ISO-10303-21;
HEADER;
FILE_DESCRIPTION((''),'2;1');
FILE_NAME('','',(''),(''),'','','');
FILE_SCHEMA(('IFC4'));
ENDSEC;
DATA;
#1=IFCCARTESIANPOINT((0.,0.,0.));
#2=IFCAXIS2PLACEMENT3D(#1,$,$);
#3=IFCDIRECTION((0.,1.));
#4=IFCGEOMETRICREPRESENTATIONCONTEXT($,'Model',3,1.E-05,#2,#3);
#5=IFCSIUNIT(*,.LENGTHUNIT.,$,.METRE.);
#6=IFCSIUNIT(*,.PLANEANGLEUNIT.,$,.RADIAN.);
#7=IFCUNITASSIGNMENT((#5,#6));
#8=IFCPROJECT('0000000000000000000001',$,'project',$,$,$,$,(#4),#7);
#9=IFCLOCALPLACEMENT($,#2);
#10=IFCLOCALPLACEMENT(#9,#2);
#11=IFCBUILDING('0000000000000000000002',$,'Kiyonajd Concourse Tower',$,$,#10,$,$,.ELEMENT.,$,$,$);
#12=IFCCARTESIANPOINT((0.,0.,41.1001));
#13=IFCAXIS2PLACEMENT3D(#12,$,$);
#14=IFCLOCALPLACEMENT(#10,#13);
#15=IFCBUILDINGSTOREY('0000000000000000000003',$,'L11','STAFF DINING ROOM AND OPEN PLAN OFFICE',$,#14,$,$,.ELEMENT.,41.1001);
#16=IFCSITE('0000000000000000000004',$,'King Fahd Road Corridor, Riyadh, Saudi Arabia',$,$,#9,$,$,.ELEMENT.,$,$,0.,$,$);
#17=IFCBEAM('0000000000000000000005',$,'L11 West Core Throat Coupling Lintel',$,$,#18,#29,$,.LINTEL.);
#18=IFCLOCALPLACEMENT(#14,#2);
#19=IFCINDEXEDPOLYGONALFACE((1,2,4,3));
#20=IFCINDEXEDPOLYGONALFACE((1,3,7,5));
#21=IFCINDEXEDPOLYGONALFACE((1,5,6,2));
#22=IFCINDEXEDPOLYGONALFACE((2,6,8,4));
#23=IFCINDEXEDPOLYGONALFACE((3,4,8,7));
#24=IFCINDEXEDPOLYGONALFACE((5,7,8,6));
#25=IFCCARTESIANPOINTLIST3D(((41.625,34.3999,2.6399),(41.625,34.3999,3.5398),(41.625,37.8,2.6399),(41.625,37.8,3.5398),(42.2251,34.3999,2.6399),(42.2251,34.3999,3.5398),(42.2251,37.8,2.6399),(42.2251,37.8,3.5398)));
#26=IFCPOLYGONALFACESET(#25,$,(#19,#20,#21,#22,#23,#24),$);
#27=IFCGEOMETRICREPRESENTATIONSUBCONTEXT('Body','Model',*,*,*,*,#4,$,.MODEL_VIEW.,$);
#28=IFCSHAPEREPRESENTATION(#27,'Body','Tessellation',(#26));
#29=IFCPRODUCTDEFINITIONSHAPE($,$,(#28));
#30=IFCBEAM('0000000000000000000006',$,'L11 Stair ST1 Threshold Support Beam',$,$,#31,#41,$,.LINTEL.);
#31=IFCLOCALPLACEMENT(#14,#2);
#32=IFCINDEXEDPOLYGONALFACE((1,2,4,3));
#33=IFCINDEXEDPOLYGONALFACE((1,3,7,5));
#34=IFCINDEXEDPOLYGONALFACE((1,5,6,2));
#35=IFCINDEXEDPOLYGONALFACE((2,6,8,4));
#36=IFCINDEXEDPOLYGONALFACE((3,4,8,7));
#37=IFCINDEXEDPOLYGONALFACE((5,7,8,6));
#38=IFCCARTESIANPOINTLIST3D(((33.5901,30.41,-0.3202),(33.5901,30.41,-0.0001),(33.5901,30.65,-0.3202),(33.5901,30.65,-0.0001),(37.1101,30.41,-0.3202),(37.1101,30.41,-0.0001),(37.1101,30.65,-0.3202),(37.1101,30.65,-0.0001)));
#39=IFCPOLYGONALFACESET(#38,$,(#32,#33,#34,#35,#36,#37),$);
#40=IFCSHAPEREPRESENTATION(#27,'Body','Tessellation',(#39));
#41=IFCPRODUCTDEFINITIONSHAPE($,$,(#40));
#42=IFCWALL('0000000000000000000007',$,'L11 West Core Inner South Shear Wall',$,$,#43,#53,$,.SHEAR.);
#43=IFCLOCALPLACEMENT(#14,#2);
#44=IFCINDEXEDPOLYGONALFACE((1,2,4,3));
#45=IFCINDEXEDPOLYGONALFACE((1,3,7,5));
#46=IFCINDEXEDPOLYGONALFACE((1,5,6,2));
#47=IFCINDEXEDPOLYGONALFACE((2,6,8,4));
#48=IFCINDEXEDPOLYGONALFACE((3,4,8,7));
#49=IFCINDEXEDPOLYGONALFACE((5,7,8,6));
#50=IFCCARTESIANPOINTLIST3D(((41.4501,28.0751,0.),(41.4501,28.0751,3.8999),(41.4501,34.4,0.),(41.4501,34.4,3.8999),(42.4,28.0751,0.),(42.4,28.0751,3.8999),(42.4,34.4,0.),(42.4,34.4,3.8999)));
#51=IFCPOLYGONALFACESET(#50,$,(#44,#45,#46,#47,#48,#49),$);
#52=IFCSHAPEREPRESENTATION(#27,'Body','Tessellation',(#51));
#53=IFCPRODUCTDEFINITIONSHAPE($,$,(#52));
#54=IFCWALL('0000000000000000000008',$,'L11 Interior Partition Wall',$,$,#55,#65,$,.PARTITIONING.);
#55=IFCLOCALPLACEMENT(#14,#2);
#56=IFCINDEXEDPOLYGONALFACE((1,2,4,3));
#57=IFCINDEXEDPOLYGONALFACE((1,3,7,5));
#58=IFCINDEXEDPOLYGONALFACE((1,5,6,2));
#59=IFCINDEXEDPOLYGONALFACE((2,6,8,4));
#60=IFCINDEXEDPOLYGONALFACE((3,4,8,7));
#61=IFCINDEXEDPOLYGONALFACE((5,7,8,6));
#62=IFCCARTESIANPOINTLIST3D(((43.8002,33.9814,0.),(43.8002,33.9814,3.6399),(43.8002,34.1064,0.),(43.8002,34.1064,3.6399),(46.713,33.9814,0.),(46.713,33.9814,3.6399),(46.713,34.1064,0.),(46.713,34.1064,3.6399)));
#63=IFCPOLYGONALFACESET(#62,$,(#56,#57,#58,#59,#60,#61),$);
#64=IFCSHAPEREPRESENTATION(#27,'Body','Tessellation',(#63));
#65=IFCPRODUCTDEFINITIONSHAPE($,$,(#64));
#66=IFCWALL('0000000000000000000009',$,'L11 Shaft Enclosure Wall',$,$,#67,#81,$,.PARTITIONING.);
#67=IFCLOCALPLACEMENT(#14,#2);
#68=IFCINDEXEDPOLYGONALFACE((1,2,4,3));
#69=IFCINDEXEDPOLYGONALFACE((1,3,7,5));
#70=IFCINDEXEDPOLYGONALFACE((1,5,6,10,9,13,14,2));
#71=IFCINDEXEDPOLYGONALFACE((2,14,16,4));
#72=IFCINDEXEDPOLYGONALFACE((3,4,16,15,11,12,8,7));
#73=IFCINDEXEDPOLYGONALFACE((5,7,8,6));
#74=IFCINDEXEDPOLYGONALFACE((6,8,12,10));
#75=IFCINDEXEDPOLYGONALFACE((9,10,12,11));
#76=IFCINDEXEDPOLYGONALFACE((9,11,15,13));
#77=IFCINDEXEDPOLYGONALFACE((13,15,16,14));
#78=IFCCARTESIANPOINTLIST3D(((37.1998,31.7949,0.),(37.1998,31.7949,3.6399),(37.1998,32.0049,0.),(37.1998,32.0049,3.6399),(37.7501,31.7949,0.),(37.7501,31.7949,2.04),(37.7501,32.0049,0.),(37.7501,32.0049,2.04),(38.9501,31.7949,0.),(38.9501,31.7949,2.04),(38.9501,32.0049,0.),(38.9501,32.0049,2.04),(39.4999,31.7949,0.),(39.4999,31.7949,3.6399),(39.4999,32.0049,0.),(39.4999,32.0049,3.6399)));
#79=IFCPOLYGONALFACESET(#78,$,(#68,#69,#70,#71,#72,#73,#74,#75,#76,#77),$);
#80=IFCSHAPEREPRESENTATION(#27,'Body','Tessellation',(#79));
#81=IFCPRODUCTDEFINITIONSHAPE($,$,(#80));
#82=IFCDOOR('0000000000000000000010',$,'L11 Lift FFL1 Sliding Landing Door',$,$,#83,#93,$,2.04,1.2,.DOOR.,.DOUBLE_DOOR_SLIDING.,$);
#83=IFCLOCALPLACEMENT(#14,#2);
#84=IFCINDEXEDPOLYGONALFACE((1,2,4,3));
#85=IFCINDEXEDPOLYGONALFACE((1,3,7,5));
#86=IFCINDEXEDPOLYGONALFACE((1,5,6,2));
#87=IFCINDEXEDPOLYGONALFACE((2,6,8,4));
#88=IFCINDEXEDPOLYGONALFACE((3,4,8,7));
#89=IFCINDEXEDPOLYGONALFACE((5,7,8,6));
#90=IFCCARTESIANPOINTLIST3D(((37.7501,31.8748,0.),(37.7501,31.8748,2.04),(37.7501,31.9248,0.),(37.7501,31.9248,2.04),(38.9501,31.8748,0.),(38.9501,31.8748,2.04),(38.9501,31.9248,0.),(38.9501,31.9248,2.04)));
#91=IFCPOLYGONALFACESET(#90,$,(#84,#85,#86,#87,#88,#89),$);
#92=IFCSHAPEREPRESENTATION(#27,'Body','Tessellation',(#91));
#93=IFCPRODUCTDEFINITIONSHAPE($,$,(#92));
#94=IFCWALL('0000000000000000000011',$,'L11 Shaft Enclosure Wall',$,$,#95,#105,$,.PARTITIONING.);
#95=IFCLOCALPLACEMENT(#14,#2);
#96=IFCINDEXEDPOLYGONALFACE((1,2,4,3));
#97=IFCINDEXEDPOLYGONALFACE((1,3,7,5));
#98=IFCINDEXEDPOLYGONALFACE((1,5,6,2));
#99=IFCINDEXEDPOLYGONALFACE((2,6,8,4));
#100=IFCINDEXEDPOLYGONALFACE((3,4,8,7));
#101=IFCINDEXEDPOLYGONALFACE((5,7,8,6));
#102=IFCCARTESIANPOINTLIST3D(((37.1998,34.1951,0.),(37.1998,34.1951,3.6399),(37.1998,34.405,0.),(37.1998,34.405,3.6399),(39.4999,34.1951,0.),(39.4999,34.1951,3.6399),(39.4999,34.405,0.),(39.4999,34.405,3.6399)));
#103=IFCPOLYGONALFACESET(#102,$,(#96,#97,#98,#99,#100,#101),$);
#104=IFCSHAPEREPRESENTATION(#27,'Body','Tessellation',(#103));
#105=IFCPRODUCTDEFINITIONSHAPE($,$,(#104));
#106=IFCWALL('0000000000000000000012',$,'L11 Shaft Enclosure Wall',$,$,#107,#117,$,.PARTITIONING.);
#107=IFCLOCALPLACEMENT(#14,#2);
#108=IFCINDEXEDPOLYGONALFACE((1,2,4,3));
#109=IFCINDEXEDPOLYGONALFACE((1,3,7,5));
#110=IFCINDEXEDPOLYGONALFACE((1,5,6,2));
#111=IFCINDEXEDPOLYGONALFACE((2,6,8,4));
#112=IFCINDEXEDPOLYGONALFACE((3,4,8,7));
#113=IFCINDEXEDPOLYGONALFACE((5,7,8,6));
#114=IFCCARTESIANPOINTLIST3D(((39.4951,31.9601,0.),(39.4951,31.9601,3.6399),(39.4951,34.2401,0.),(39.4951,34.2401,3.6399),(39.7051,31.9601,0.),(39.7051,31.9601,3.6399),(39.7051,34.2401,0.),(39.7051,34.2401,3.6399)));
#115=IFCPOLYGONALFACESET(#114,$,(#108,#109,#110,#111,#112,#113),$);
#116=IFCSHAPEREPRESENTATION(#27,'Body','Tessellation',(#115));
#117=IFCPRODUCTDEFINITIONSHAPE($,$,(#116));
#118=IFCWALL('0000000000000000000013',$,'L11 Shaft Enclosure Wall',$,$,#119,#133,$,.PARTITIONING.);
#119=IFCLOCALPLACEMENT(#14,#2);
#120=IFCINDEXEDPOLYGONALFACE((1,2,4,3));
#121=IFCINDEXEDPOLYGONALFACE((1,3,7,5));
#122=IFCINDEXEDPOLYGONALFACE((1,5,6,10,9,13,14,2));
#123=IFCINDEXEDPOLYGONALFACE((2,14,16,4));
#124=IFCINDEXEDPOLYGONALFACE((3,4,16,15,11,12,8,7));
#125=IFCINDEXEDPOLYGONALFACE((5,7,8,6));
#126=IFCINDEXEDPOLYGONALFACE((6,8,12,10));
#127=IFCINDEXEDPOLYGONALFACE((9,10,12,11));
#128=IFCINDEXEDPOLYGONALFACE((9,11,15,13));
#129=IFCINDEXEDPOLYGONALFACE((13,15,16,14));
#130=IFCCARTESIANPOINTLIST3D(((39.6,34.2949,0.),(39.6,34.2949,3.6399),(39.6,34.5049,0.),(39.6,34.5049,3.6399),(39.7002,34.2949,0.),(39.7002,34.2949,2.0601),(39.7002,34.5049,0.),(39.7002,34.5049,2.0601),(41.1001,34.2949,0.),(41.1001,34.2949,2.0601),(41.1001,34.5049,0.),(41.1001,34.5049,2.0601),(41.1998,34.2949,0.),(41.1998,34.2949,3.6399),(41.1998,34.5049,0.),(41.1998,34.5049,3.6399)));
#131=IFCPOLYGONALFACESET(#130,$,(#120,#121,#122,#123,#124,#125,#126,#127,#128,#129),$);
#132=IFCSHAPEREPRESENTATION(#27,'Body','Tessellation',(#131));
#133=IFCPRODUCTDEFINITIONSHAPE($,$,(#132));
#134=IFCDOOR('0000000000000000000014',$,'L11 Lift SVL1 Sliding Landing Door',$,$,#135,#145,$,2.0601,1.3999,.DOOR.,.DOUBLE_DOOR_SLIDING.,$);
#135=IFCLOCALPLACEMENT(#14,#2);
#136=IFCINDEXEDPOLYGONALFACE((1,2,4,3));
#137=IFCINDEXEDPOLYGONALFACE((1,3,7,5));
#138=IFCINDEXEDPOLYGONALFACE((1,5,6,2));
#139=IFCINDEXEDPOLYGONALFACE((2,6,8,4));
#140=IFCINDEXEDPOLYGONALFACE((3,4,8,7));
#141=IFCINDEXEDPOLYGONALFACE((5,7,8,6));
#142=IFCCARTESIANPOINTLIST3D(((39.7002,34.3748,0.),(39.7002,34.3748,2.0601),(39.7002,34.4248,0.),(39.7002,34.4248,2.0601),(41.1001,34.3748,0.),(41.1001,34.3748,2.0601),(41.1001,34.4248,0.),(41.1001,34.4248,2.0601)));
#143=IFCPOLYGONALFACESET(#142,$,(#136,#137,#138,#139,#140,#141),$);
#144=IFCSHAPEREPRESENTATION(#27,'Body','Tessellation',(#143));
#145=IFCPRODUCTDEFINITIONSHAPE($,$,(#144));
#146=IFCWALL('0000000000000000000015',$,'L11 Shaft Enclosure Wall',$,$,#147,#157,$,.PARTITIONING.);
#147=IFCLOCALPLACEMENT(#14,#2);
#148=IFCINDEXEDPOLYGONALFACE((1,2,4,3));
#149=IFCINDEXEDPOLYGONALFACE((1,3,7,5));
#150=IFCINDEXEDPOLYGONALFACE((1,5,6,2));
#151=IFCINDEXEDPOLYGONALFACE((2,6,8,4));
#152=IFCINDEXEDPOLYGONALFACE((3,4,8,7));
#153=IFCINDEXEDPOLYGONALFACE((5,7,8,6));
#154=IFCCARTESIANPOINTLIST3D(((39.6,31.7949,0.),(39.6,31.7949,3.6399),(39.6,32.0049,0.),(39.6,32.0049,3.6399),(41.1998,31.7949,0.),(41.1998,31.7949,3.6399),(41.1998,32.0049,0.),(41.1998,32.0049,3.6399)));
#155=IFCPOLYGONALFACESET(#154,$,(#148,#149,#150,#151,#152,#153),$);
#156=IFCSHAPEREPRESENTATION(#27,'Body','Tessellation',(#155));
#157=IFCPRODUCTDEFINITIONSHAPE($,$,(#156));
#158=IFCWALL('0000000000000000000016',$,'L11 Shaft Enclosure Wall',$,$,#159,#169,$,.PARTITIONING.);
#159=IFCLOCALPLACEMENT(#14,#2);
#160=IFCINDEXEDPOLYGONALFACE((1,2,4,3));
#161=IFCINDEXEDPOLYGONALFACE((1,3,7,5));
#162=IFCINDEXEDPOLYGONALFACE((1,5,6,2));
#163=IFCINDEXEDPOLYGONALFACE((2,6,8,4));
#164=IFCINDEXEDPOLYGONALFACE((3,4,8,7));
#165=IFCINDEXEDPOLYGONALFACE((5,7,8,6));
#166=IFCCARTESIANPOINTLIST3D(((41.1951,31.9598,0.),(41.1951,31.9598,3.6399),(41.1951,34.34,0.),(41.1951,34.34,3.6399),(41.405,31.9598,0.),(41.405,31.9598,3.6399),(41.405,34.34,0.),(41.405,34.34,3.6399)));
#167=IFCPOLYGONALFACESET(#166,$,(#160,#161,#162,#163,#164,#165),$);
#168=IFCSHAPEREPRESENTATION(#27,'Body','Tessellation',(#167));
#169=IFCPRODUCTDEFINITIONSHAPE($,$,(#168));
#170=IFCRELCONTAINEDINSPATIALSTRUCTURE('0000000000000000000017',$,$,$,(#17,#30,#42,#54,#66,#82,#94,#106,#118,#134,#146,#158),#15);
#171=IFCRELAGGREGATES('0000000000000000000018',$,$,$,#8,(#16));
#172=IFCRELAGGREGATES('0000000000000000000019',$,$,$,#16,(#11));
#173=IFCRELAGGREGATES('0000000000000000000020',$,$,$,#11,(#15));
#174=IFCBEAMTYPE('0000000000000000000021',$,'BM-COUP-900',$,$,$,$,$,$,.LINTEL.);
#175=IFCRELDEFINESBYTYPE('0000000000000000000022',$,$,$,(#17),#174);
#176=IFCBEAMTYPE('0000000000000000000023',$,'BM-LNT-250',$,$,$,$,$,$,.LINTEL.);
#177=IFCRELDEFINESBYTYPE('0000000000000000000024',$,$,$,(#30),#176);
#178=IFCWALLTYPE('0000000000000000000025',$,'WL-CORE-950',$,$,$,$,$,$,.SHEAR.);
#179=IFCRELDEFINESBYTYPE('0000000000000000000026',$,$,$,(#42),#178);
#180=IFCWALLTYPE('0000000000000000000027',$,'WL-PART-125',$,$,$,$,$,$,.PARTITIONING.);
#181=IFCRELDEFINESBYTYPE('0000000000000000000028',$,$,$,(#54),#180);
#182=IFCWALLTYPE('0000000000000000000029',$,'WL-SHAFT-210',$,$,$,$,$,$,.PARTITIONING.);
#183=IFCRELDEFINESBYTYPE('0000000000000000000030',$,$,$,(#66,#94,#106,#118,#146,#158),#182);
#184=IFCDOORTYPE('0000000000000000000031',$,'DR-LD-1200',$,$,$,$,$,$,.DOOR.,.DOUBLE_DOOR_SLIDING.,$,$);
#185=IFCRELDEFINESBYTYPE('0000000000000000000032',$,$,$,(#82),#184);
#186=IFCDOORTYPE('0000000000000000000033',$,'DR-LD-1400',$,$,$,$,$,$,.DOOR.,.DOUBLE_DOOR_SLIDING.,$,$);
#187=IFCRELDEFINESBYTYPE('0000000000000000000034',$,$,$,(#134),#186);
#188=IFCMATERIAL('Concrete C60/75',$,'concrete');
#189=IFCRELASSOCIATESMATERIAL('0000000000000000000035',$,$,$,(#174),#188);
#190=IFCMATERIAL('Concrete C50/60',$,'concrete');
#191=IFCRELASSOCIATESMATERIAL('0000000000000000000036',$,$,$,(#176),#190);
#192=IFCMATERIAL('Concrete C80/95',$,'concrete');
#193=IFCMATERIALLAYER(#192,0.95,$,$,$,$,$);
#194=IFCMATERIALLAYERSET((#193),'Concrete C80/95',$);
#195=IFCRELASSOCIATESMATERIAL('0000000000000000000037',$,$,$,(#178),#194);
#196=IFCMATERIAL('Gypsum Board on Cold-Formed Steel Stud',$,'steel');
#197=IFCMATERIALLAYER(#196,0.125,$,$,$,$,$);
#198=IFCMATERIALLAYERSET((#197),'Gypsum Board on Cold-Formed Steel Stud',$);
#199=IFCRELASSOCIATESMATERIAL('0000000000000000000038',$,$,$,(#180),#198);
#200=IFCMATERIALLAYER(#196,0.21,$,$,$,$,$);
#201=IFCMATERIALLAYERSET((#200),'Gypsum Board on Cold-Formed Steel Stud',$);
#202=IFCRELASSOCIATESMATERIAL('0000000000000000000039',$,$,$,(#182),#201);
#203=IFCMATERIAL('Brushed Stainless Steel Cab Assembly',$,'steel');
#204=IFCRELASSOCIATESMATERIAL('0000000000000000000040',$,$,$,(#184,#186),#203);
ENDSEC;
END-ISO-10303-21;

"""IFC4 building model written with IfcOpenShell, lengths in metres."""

from ifc_helpers import new_model, si_unit, direction, frame, frame_2d, origin, origin_2d, place, context, subcontext, project, spatial, rectangle, extrude, material, layer, layer_set, material_profile, profile_set, type_object, element, fill, save


model = new_model("IFC4")

# Units and contexts
model_context = context("Model", 3, precision=1e-05, world=origin(), true_north=direction((0.0, 1.0)))
body_context = subcontext(model_context, "Body", "Model", "MODEL_VIEW")
ifc_project = project(units=[si_unit("LENGTHUNIT", "METRE"), si_unit("PLANEANGLEUNIT", "RADIAN")], contexts=[model_context])

# Site, building, storey
site_placement = place(None, origin())
site = spatial("IfcSite", under=ifc_project, at=site_placement, Name="King Fahd Road Corridor, Riyadh, Saudi Arabia", CompositionType="ELEMENT", RefElevation=0.0)
building_placement = place(site_placement, origin())
building = spatial("IfcBuilding", under=site, at=building_placement, Name="Kiyonajd Concourse Tower", CompositionType="ELEMENT")
storey_placement = place(building_placement, frame((0.0, 0.0, 41.1001)))
storey = spatial("IfcBuildingStorey", under=building, at=storey_placement, Name="L11", Description="STAFF DINING ROOM AND OPEN PLAN OFFICE", CompositionType="ELEMENT", Elevation=41.1001)

# Beams
ifc_material_1 = material(Name="Concrete C60/75", Category="concrete")
ifc_material_profile_1 = material_profile(ifc_material_1, rectangle(XDim=0.6001, YDim=0.8999, at=origin_2d()), Name="RCBM-600x900")
ifc_profile_set_1 = profile_set([ifc_material_profile_1], Name="Concrete C60/75")
beam_type_1 = type_object("IfcBeamType", Name="BM-COUP-900", PredefinedType="LINTEL", material=ifc_profile_set_1)
beam_1_placement = place(storey_placement, frame((41.925, 34.3999, 3.0898), z_axis=(0.0, 1.0, 0.0), x_axis=(-1.0, 0.0, 0.0)))
element("IfcBeam", 1, at=beam_1_placement, inside=storey, type_object=beam_type_1, Name="L11 West Core Throat Coupling Lintel", PredefinedType="LINTEL", context=body_context, shape_type="SweptSolid", body=[
    extrude(rectangle(XDim=0.6001, YDim=0.8999, at=origin_2d()), origin(), (0.0, 0.0, 1.0), 3.4001),
])
ifc_material_2 = material(Name="Concrete C50/60", Category="concrete")
ifc_material_profile_2 = material_profile(ifc_material_2, rectangle(XDim=0.24, YDim=0.3201, at=origin_2d()), Name="RCBM-240x320")
ifc_profile_set_2 = profile_set([ifc_material_profile_2], Name="Concrete C50/60")
beam_type_2 = type_object("IfcBeamType", Name="BM-LNT-250", PredefinedType="LINTEL", material=ifc_profile_set_2)
beam_2_placement = place(storey_placement, frame((33.5901, 30.53, -0.1602), z_axis=(1.0, 0.0, 0.0), x_axis=(0.0, 1.0, 0.0)))
element("IfcBeam", 2, at=beam_2_placement, inside=storey, type_object=beam_type_2, Name="L11 Stair ST1 Threshold Support Beam", PredefinedType="LINTEL", context=body_context, shape_type="SweptSolid", body=[
    extrude(rectangle(XDim=0.24, YDim=0.3201, at=origin_2d()), origin(), (0.0, 0.0, 1.0), 3.52),
])

# Walls
ifc_material_3 = material(Name="Concrete C80/95", Category="concrete")
ifc_layer_1 = layer(ifc_material_3, 0.95)
ifc_layer_set_1 = layer_set([ifc_layer_1], Name="Concrete C80/95")
wall_type_1 = type_object("IfcWallType", Name="WL-CORE-950", PredefinedType="SHEAR", material=ifc_layer_set_1)
wall_1_placement = place(storey_placement, frame((41.925, 28.075, 0.0), z_axis=(0.0, 0.0, 1.0), x_axis=(0.0, 1.0, 0.0)))
element("IfcWall", 3, at=wall_1_placement, inside=storey, type_object=wall_type_1, Name="L11 West Core Inner South Shear Wall", PredefinedType="SHEAR", context=body_context, shape_type="SweptSolid", body=[
    extrude(rectangle(XDim=6.325, YDim=0.95, at=frame_2d((3.1626, 0.0))), origin(), (0.0, 0.0, 1.0), 3.8999),
])
ifc_material_4 = material(Name="Gypsum Board on Cold-Formed Steel Stud", Category="steel")
ifc_layer_2 = layer(ifc_material_4, 0.125)
ifc_layer_set_2 = layer_set([ifc_layer_2], Name="Gypsum Board on Cold-Formed Steel Stud")
wall_type_2 = type_object("IfcWallType", Name="WL-PART-125", PredefinedType="PARTITIONING", material=ifc_layer_set_2)
wall_2_placement = place(storey_placement, frame((43.8, 34.0439, 0.0), z_axis=(0.0, 0.0, 1.0), x_axis=(1.0, 0.0, 0.0)))
element("IfcWall", 4, at=wall_2_placement, inside=storey, type_object=wall_type_2, Name="L11 Interior Partition Wall", PredefinedType="PARTITIONING", context=body_context, shape_type="SweptSolid", body=[
    extrude(rectangle(XDim=2.9128, YDim=0.125, at=frame_2d((1.4565, 0.0))), origin(), (0.0, 0.0, 1.0), 3.6399),
])

# Wall, opening, door
ifc_layer_3 = layer(ifc_material_4, 0.21)
ifc_layer_set_3 = layer_set([ifc_layer_3], Name="Gypsum Board on Cold-Formed Steel Stud")
wall_type_3 = type_object("IfcWallType", Name="WL-SHAFT-210", PredefinedType="PARTITIONING", material=ifc_layer_set_3)
wall_3_placement = place(storey_placement, frame((37.2, 31.8999, 0.0), z_axis=(0.0, 0.0, 1.0), x_axis=(1.0, 0.0, 0.0)))
wall_3 = element("IfcWall", 5, at=wall_3_placement, inside=storey, type_object=wall_type_3, Name="L11 Shaft Enclosure Wall", PredefinedType="PARTITIONING", context=body_context, shape_type="SweptSolid", body=[
    extrude(rectangle(XDim=2.3, YDim=0.21, at=frame_2d((1.1499, 0.0))), origin(), (0.0, 0.0, 1.0), 3.6399),
])
opening_1_placement = place(wall_3_placement, frame((0.55, 0.0, 0.0)))
opening_1 = element("IfcOpeningElement", 6, at=opening_1_placement, cuts=wall_3, PredefinedType="OPENING", context=body_context, shape_type="SweptSolid", body=[
    extrude(rectangle(XDim=1.2, YDim=2.04, at=frame_2d((0.6001, 1.02))), frame((0.0, 0.115, 0.0), z_axis=(0.0, -1.0, 0.0), x_axis=(1.0, 0.0, 0.0)), (0.0, 0.0, 1.0), 0.23),
])
ifc_material_5 = material(Name="Brushed Stainless Steel Cab Assembly", Category="steel")
door_type_1 = type_object("IfcDoorType", Name="DR-LD-1200", OperationType="DOUBLE_DOOR_SLIDING", PredefinedType="DOOR", material=ifc_material_5)
door_1_placement = place(opening_1_placement, origin())
door_1 = element("IfcDoor", 7, at=door_1_placement, inside=storey, type_object=door_type_1, Name="L11 Lift FFL1 Sliding Landing Door", OperationType="DOUBLE_DOOR_SLIDING", OverallHeight=2.04, OverallWidth=1.2, PredefinedType="DOOR", context=body_context, shape_type="SweptSolid", body=[
    extrude(rectangle(XDim=1.2, YDim=2.04, at=frame_2d((0.6001, 1.02))), frame((0.0, 0.0249, 0.0), z_axis=(0.0, -1.0, 0.0), x_axis=(1.0, 0.0, 0.0)), (0.0, 0.0, 1.0), 0.05),
])
fill(opening_1, door_1)

# Walls
wall_4_placement = place(storey_placement, frame((37.2, 34.3, 0.0), z_axis=(0.0, 0.0, 1.0), x_axis=(1.0, 0.0, 0.0)))
element("IfcWall", 8, at=wall_4_placement, inside=storey, type_object=wall_type_3, Name="L11 Shaft Enclosure Wall", PredefinedType="PARTITIONING", context=body_context, shape_type="SweptSolid", body=[
    extrude(rectangle(XDim=2.3, YDim=0.21, at=frame_2d((1.1499, 0.0))), origin(), (0.0, 0.0, 1.0), 3.6399),
])
wall_5_placement = place(storey_placement, frame((39.6001, 31.96, 0.0), z_axis=(0.0, 0.0, 1.0), x_axis=(0.0, 1.0, 0.0)))
element("IfcWall", 9, at=wall_5_placement, inside=storey, type_object=wall_type_3, Name="L11 Shaft Enclosure Wall", PredefinedType="PARTITIONING", context=body_context, shape_type="SweptSolid", body=[
    extrude(rectangle(XDim=2.28, YDim=0.21, at=frame_2d((1.1401, 0.0))), origin(), (0.0, 0.0, 1.0), 3.6399),
])

# Wall, opening, door
wall_6_placement = place(storey_placement, frame((39.6001, 34.3999, 0.0), z_axis=(0.0, 0.0, 1.0), x_axis=(1.0, 0.0, 0.0)))
wall_6 = element("IfcWall", 10, at=wall_6_placement, inside=storey, type_object=wall_type_3, Name="L11 Shaft Enclosure Wall", PredefinedType="PARTITIONING", context=body_context, shape_type="SweptSolid", body=[
    extrude(rectangle(XDim=1.5999, YDim=0.21, at=frame_2d((0.7998, 0.0))), origin(), (0.0, 0.0, 1.0), 3.6399),
])
opening_2_placement = place(wall_6_placement, frame((0.1001, 0.0, 0.0)))
opening_2 = element("IfcOpeningElement", 11, at=opening_2_placement, cuts=wall_6, PredefinedType="OPENING", context=body_context, shape_type="SweptSolid", body=[
    extrude(rectangle(XDim=1.3999, YDim=2.0601, at=frame_2d((0.7, 1.03))), frame((0.0, 0.115, 0.0), z_axis=(0.0, -1.0, 0.0), x_axis=(1.0, 0.0, 0.0)), (0.0, 0.0, 1.0), 0.23),
])
door_type_2 = type_object("IfcDoorType", Name="DR-LD-1400", OperationType="DOUBLE_DOOR_SLIDING", PredefinedType="DOOR", material=ifc_material_5)
door_2_placement = place(opening_2_placement, origin())
door_2 = element("IfcDoor", 12, at=door_2_placement, inside=storey, type_object=door_type_2, Name="L11 Lift SVL1 Sliding Landing Door", OperationType="DOUBLE_DOOR_SLIDING", OverallHeight=2.0601, OverallWidth=1.3999, PredefinedType="DOOR", context=body_context, shape_type="SweptSolid", body=[
    extrude(rectangle(XDim=1.3999, YDim=2.0601, at=frame_2d((0.7, 1.03))), frame((0.0, 0.0249, 0.0), z_axis=(0.0, -1.0, 0.0), x_axis=(1.0, 0.0, 0.0)), (0.0, 0.0, 1.0), 0.05),
])
fill(opening_2, door_2)

# Walls
wall_7_placement = place(storey_placement, frame((39.6001, 31.8999, 0.0), z_axis=(0.0, 0.0, 1.0), x_axis=(1.0, 0.0, 0.0)))
element("IfcWall", 13, at=wall_7_placement, inside=storey, type_object=wall_type_3, Name="L11 Shaft Enclosure Wall", PredefinedType="PARTITIONING", context=body_context, shape_type="SweptSolid", body=[
    extrude(rectangle(XDim=1.5999, YDim=0.21, at=frame_2d((0.7998, 0.0))), origin(), (0.0, 0.0, 1.0), 3.6399),
])
wall_8_placement = place(storey_placement, frame((41.3, 31.96, 0.0), z_axis=(0.0, 0.0, 1.0), x_axis=(0.0, 1.0, 0.0)))
element("IfcWall", 14, at=wall_8_placement, inside=storey, type_object=wall_type_3, Name="L11 Shaft Enclosure Wall", PredefinedType="PARTITIONING", context=body_context, shape_type="SweptSolid", body=[
    extrude(rectangle(XDim=2.3801, YDim=0.21, at=frame_2d((1.1899, 0.0))), origin(), (0.0, 0.0, 1.0), 3.6399),
])

save(model, "model.ifc")
